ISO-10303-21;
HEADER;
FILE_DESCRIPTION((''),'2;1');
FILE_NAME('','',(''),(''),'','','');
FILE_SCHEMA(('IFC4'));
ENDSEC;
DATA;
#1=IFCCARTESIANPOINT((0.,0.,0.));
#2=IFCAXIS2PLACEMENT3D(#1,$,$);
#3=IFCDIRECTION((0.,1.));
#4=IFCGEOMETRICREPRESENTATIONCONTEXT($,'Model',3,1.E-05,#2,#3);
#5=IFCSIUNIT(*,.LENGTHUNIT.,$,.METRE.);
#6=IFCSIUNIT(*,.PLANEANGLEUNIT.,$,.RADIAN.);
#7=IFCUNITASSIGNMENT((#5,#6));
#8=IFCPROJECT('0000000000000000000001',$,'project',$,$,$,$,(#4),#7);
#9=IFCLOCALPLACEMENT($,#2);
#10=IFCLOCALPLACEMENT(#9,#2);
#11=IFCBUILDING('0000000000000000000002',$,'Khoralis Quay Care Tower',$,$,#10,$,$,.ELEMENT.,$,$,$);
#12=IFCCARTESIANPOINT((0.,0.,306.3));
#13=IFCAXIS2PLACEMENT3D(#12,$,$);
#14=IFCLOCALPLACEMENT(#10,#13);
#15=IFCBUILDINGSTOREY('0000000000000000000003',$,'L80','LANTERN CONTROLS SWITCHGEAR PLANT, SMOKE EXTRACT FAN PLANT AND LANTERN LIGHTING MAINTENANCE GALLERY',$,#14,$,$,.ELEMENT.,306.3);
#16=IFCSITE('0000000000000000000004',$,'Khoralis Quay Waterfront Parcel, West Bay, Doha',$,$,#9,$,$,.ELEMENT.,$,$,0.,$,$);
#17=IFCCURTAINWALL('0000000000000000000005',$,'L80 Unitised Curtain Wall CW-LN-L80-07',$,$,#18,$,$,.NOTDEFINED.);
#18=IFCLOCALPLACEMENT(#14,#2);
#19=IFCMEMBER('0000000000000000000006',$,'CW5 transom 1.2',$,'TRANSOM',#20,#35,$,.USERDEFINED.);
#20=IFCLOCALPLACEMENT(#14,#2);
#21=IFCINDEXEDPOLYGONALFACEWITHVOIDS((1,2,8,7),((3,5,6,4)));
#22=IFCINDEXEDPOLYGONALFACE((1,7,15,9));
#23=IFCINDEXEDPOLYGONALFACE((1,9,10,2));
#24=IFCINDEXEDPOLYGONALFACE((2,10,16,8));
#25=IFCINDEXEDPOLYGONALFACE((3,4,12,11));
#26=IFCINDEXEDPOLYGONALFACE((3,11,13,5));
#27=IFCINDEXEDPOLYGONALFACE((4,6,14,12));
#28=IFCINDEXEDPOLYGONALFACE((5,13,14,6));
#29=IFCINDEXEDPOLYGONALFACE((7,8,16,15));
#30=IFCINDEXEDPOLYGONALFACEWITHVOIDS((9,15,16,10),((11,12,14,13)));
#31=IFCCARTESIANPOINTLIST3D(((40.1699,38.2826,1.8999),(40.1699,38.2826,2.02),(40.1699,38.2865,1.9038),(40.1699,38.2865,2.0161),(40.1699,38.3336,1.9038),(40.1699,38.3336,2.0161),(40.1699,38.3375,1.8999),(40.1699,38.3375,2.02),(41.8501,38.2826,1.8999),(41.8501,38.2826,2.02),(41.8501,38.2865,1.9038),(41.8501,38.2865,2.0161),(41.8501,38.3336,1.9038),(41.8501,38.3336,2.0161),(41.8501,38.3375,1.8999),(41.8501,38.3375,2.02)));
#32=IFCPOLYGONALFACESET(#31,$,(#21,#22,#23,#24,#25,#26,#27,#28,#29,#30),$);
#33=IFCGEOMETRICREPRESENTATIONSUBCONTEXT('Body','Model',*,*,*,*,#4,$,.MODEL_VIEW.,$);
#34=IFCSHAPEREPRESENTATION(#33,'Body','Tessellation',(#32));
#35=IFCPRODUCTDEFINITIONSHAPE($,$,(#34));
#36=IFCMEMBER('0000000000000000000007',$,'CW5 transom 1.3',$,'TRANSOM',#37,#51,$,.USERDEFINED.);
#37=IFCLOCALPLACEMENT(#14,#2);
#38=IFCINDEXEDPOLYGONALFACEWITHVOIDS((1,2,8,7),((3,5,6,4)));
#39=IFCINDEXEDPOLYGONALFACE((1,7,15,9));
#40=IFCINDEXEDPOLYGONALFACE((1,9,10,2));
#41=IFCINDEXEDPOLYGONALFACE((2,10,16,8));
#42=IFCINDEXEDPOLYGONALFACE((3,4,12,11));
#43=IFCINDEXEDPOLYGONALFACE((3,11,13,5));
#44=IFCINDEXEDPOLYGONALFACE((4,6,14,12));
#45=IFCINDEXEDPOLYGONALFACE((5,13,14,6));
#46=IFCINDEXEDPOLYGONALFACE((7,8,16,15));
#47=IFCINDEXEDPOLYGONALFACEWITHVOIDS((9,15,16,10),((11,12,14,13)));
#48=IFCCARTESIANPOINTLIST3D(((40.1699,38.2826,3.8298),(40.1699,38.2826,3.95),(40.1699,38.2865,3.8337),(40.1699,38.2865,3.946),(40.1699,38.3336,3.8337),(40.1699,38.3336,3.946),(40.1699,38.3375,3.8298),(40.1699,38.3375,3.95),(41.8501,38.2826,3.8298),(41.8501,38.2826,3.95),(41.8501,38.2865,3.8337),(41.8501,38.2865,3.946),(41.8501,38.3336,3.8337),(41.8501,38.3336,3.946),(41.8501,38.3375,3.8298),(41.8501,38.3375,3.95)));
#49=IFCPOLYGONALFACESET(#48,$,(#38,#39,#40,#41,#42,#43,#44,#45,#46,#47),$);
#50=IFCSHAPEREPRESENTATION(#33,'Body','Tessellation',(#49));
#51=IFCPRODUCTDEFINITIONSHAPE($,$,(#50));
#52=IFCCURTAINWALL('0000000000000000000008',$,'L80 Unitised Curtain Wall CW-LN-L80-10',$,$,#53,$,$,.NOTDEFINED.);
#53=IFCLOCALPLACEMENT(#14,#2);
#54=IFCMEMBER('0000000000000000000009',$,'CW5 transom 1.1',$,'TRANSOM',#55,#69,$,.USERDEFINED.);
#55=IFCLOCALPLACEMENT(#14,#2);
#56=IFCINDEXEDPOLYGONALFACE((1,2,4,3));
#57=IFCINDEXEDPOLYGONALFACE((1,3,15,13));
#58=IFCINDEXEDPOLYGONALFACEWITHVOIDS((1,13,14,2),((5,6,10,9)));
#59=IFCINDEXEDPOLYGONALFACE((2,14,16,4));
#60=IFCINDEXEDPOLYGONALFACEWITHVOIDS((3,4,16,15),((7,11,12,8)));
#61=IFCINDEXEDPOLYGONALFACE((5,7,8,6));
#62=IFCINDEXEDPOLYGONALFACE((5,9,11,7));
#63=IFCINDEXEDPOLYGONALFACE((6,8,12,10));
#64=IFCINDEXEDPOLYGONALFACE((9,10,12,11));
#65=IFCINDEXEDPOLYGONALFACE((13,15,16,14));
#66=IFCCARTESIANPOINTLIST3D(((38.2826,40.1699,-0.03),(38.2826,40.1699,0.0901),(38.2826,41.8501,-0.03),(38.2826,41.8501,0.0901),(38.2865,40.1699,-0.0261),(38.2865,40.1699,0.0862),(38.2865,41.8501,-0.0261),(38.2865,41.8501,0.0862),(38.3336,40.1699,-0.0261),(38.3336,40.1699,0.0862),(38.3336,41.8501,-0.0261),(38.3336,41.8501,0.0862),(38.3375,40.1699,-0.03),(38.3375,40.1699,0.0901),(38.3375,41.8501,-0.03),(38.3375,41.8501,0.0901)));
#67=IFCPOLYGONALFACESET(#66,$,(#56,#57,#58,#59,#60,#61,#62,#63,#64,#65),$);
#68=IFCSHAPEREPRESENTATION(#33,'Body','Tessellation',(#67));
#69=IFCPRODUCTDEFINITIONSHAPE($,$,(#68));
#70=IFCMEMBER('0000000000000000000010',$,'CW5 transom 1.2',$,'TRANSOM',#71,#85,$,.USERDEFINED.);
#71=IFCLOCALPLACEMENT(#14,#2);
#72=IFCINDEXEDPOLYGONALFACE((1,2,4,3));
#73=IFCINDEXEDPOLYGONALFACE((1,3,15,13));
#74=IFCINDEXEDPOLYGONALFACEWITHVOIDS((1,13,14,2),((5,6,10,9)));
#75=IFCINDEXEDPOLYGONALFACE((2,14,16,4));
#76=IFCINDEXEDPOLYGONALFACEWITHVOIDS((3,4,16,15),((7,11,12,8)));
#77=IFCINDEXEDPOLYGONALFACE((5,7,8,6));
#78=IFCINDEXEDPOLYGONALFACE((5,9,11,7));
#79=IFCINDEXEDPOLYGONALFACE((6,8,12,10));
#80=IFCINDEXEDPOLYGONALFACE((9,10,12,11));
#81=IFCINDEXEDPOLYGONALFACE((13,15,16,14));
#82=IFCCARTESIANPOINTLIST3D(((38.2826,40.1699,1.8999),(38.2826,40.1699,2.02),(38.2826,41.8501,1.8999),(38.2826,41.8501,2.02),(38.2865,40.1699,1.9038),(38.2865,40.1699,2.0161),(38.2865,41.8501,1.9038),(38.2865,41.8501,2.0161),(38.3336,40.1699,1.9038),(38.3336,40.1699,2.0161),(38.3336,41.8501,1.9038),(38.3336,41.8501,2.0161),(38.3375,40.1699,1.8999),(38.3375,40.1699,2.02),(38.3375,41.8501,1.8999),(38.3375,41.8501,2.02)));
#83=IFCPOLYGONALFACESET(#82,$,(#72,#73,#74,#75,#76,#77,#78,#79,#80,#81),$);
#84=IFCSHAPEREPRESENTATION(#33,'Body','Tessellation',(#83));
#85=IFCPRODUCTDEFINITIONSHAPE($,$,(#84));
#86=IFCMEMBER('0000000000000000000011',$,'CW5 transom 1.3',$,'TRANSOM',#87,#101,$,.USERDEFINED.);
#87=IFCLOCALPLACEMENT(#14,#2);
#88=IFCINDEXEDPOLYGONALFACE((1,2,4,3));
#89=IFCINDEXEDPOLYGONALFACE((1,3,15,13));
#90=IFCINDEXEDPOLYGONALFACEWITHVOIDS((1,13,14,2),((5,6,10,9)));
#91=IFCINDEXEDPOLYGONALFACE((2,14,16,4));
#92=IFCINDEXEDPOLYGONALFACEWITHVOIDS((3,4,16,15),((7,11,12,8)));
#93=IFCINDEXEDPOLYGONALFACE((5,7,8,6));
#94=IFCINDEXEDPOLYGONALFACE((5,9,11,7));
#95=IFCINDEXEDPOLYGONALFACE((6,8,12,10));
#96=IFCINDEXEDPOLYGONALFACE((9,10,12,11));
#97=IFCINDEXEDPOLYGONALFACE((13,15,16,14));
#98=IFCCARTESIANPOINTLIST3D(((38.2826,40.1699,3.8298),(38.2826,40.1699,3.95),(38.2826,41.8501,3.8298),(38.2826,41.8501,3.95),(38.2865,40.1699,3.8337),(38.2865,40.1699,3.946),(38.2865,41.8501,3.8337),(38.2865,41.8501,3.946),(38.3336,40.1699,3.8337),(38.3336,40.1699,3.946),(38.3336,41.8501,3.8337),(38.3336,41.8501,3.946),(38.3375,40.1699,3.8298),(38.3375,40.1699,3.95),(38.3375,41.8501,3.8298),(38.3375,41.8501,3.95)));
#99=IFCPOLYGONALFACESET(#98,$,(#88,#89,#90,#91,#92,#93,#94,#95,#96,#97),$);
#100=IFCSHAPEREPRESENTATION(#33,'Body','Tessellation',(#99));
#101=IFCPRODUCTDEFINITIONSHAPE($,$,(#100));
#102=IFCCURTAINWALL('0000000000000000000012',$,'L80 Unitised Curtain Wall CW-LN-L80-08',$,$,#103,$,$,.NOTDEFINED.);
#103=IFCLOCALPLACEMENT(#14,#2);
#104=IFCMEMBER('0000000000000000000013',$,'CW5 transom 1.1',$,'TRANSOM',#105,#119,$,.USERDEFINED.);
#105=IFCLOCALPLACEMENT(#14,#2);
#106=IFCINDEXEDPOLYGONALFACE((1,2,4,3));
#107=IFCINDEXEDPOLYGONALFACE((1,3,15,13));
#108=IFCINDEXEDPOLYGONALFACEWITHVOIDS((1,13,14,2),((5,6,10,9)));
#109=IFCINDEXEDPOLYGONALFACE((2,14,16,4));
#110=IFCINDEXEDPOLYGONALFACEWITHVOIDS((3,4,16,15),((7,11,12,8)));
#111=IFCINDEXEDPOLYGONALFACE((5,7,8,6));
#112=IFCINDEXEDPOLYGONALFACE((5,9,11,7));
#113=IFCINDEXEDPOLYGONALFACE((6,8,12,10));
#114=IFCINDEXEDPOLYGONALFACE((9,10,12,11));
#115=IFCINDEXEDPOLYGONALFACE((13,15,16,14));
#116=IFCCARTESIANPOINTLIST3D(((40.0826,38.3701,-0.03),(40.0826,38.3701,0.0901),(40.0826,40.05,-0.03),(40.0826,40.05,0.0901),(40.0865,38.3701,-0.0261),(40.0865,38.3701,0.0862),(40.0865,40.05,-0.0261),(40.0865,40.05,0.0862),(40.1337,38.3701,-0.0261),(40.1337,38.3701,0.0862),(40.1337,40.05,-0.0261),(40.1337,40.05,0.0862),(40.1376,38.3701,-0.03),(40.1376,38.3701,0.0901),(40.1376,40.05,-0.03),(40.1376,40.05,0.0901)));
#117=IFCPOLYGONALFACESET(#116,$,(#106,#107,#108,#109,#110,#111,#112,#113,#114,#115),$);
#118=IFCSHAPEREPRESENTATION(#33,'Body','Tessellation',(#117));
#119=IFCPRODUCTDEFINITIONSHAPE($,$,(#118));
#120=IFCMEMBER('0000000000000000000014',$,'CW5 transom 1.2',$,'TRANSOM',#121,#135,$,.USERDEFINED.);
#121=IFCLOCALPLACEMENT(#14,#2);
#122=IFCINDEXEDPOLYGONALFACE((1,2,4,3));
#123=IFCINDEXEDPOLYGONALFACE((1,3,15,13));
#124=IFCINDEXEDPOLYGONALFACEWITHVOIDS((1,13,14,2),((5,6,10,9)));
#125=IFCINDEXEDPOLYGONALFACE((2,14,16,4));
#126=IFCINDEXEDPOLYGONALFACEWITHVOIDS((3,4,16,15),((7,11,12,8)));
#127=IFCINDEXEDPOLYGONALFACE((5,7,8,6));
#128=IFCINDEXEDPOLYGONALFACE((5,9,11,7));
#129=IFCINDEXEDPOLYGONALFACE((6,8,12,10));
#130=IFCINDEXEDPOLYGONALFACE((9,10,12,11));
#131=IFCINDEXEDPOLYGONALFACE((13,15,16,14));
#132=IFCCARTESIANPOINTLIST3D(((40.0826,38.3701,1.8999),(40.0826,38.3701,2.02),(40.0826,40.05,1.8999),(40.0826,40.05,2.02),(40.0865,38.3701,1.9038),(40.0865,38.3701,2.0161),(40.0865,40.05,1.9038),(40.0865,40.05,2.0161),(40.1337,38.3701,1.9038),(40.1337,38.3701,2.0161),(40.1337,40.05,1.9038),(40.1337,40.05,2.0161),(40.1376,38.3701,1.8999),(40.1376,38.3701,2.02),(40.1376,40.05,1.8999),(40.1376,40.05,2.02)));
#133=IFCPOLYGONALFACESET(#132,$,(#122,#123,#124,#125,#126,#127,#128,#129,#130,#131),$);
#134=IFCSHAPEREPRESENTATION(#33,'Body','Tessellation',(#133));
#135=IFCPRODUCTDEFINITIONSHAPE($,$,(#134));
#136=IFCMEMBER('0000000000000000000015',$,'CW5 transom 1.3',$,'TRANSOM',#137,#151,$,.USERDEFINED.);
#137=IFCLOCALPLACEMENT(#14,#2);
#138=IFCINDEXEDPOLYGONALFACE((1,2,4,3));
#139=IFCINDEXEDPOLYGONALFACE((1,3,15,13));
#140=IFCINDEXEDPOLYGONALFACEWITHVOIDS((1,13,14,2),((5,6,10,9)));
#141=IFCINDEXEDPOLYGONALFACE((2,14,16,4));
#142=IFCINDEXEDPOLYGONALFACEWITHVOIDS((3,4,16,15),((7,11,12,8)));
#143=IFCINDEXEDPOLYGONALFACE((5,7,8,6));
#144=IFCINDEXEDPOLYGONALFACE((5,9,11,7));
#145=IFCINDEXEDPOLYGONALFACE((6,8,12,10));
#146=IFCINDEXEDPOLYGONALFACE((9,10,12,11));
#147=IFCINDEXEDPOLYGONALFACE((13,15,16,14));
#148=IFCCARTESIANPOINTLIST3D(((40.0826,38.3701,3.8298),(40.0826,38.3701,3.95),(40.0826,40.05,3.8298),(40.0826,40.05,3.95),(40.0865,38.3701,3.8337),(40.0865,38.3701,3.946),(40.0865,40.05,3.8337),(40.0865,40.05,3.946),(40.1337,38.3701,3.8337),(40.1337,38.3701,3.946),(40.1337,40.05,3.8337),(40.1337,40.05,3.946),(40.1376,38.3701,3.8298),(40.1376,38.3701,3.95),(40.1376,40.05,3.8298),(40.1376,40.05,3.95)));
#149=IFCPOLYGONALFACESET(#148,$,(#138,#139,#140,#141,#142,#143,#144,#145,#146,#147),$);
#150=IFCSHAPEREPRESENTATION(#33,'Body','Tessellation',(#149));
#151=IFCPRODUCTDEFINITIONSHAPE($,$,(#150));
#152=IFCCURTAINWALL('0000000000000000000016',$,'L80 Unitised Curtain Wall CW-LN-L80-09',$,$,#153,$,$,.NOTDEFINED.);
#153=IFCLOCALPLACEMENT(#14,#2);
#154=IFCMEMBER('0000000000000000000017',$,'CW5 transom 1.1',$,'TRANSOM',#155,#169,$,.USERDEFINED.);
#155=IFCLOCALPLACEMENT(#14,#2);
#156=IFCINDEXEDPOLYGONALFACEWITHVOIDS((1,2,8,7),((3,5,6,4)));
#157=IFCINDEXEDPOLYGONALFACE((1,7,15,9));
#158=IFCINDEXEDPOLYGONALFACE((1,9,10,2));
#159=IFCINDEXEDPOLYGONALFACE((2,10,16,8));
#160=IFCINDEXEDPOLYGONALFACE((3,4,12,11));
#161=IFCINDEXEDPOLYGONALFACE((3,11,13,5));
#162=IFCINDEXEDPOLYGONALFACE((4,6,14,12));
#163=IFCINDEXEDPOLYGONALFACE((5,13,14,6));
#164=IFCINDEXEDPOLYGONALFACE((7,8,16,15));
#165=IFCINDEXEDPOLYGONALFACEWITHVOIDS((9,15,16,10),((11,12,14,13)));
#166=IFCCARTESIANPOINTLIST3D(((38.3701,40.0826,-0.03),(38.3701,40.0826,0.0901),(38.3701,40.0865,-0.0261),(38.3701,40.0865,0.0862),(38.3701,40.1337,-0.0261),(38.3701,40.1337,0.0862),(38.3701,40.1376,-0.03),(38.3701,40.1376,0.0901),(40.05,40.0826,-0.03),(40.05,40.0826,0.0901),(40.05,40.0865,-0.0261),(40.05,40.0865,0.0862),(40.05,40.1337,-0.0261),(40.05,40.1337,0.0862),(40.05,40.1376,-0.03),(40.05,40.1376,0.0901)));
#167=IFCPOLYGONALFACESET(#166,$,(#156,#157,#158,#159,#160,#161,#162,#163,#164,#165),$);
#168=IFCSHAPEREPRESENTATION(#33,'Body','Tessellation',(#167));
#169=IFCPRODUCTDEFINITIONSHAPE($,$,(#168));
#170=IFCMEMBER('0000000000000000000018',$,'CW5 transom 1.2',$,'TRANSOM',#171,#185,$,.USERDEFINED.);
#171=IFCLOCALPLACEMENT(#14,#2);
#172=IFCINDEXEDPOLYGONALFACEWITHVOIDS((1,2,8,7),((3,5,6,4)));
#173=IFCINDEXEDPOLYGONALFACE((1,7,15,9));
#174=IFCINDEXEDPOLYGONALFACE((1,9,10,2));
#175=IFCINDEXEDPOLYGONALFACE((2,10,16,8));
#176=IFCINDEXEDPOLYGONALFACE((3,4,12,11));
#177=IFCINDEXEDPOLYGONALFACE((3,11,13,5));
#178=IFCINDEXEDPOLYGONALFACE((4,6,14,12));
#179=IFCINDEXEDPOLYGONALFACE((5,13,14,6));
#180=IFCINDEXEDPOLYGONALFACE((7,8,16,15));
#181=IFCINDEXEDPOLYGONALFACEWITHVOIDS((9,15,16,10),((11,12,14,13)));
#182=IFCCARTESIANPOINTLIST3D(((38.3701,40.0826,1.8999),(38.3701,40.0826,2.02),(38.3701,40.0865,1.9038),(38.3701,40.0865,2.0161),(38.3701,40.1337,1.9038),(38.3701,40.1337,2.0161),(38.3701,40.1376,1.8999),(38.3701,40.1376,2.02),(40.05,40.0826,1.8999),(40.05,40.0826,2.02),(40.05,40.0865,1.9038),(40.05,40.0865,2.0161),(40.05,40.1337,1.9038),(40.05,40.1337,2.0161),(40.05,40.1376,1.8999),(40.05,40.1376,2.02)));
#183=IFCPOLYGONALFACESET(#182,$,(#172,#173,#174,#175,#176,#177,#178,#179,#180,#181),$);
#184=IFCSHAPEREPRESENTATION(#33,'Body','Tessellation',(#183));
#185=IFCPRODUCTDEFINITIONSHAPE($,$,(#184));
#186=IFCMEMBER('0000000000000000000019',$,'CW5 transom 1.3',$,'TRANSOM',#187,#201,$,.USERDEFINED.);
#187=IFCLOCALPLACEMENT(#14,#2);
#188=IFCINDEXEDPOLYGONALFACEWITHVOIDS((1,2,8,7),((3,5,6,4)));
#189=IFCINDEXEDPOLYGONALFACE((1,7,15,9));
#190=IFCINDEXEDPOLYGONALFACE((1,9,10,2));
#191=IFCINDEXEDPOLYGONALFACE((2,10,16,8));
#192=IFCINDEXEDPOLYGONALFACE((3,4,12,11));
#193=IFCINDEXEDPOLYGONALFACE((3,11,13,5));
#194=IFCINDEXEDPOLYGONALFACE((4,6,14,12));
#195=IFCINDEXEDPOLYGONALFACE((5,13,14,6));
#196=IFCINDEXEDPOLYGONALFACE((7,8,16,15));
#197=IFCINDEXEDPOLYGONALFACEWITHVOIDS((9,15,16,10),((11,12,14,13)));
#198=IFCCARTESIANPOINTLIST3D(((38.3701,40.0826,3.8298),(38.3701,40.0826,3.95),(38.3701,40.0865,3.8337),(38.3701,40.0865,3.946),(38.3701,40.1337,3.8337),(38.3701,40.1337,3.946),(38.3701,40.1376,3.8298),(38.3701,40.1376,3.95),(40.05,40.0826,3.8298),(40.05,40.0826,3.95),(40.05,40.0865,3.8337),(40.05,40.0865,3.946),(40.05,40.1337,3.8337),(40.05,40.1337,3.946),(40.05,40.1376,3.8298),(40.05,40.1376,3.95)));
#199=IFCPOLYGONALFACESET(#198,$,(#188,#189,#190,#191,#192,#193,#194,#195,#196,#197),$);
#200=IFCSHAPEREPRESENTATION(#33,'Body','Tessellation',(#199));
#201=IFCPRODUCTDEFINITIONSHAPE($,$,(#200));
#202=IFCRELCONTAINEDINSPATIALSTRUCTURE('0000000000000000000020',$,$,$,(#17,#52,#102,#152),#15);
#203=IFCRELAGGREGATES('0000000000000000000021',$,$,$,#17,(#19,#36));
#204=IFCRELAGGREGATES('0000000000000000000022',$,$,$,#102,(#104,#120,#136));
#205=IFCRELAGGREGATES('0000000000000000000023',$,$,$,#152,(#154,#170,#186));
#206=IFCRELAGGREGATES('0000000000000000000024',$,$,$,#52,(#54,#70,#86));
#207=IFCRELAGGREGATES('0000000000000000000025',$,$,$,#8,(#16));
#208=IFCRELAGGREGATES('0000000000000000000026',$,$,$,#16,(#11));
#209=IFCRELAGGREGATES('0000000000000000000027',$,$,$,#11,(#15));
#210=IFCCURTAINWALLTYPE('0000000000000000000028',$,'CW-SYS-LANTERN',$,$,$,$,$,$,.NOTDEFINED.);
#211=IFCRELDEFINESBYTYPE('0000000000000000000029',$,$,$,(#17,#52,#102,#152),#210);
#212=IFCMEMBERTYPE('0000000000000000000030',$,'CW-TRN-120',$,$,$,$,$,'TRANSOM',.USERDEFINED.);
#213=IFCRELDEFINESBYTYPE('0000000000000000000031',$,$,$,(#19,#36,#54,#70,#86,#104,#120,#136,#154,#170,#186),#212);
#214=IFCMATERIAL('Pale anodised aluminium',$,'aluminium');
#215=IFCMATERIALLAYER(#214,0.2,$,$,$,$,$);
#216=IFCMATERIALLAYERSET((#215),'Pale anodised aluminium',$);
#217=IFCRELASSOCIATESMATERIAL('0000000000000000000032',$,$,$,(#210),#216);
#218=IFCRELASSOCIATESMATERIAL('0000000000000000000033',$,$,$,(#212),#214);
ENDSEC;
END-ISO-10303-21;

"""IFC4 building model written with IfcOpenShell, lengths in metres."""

from ifc_helpers import new_model, si_unit, direction, frame, origin, origin_2d, place, context, subcontext, project, spatial, hollow_rectangle, extrude, source, transform, mapped, material, layer, layer_set, material_profile, profile_set, type_object, element, aggregate, save


model = new_model("IFC4")

# Units and contexts
model_context = context("Model", 3, precision=1e-05, world=origin(), true_north=direction((0.0, 1.0)))
body_context = subcontext(model_context, "Body", "Model", "MODEL_VIEW")
ifc_project = project(units=[si_unit("LENGTHUNIT", "METRE"), si_unit("PLANEANGLEUNIT", "RADIAN")], contexts=[model_context])

# Site, building, storey
site_placement = place(None, origin())
site = spatial("IfcSite", under=ifc_project, at=site_placement, Name="Khoralis Quay Waterfront Parcel, West Bay, Doha", CompositionType="ELEMENT", RefElevation=0.0)
building_placement = place(site_placement, origin())
building = spatial("IfcBuilding", under=site, at=building_placement, Name="Khoralis Quay Care Tower", CompositionType="ELEMENT")
storey_placement = place(building_placement, frame((0.0, 0.0, 306.3)))
storey = spatial("IfcBuildingStorey", under=building, at=storey_placement, Name="L80", Description="LANTERN CONTROLS SWITCHGEAR PLANT, SMOKE EXTRACT FAN PLANT AND LANTERN LIGHTING MAINTENANCE GALLERY", CompositionType="ELEMENT", Elevation=306.3)

# Curtain walls, members
ifc_material_1 = material(Name="Pale anodised aluminium", Category="aluminium")
ifc_layer_1 = layer(ifc_material_1, 0.2)
ifc_layer_set_1 = layer_set([ifc_layer_1], Name="Pale anodised aluminium")
curtain_wall_type = type_object("IfcCurtainWallType", Name="CW-SYS-LANTERN", PredefinedType="NOTDEFINED", material=ifc_layer_set_1)
curtain_wall_1_placement = place(storey_placement, origin())
curtain_wall_1 = element("IfcCurtainWall", 1, at=curtain_wall_1_placement, inside=storey, type_object=curtain_wall_type, Name="L80 Unitised Curtain Wall CW-LN-L80-07", PredefinedType="NOTDEFINED")
ifc_material_profile_1 = material_profile(ifc_material_1, hollow_rectangle(XDim=0.0549, YDim=0.1201, WallThickness=0.0039, at=origin_2d()), Name="Pale anodised aluminium")
ifc_profile_set_1 = profile_set([ifc_material_profile_1], Name="Pale anodised aluminium")
member_type_1 = type_object("IfcMemberType", Name="CW-TRN-120", ElementType="TRANSOM", PredefinedType="USERDEFINED", material=ifc_profile_set_1)
shared_shape_1 = source(origin(), body_context, "Body", "SweptSolid", [
    extrude(hollow_rectangle(XDim=0.0549, YDim=0.1201, WallThickness=0.0039, at=origin_2d()), origin(), (0.0, 0.0, 1.0), 1.6802),
])
member_1_placement = place(storey_placement, frame((41.8501, 38.3101, 1.96), z_axis=(-1.0, 0.0, 0.0), x_axis=(0.0, -1.0, 0.0)))
member_1 = element("IfcMember", 2, at=member_1_placement, type_object=member_type_1, Name="CW5 transom 1.2", ObjectType="TRANSOM", PredefinedType="USERDEFINED", context=body_context, shape_type="MappedRepresentation", body=[
    mapped(shared_shape_1, transform((0.0, 0.0, 0.0), scale=1.0)),
])
member_2_placement = place(storey_placement, frame((41.8501, 38.3101, 3.8899), z_axis=(-1.0, 0.0, 0.0), x_axis=(0.0, -1.0, 0.0)))
member_2 = element("IfcMember", 3, at=member_2_placement, type_object=member_type_1, Name="CW5 transom 1.3", ObjectType="TRANSOM", PredefinedType="USERDEFINED", context=body_context, shape_type="MappedRepresentation", body=[
    mapped(shared_shape_1, transform((0.0, 0.0, 0.0), scale=1.0)),
])
curtain_wall_2_placement = place(storey_placement, origin())
curtain_wall_2 = element("IfcCurtainWall", 4, at=curtain_wall_2_placement, inside=storey, type_object=curtain_wall_type, Name="L80 Unitised Curtain Wall CW-LN-L80-10", PredefinedType="NOTDEFINED")
member_3_placement = place(storey_placement, frame((38.3101, 40.1699, 0.03), z_axis=(0.0, 1.0, 0.0), x_axis=(-1.0, 0.0, 0.0)))
member_3 = element("IfcMember", 5, at=member_3_placement, type_object=member_type_1, Name="CW5 transom 1.1", ObjectType="TRANSOM", PredefinedType="USERDEFINED", context=body_context, shape_type="MappedRepresentation", body=[
    mapped(shared_shape_1, transform((0.0, 0.0, 0.0), scale=1.0)),
])
member_4_placement = place(storey_placement, frame((38.3101, 40.1699, 1.96), z_axis=(0.0, 1.0, 0.0), x_axis=(-1.0, 0.0, 0.0)))
member_4 = element("IfcMember", 6, at=member_4_placement, type_object=member_type_1, Name="CW5 transom 1.2", ObjectType="TRANSOM", PredefinedType="USERDEFINED", context=body_context, shape_type="MappedRepresentation", body=[
    mapped(shared_shape_1, transform((0.0, 0.0, 0.0), scale=1.0)),
])
member_5_placement = place(storey_placement, frame((38.3101, 40.1699, 3.8899), z_axis=(0.0, 1.0, 0.0), x_axis=(-1.0, 0.0, 0.0)))
member_5 = element("IfcMember", 7, at=member_5_placement, type_object=member_type_1, Name="CW5 transom 1.3", ObjectType="TRANSOM", PredefinedType="USERDEFINED", context=body_context, shape_type="MappedRepresentation", body=[
    mapped(shared_shape_1, transform((0.0, 0.0, 0.0), scale=1.0)),
])
curtain_wall_3_placement = place(storey_placement, origin())
curtain_wall_3 = element("IfcCurtainWall", 8, at=curtain_wall_3_placement, inside=storey, type_object=curtain_wall_type, Name="L80 Unitised Curtain Wall CW-LN-L80-08", PredefinedType="NOTDEFINED")
shared_shape_2 = source(origin(), body_context, "Body", "SweptSolid", [
    extrude(hollow_rectangle(XDim=0.0549, YDim=0.1201, WallThickness=0.0039, at=origin_2d()), origin(), (0.0, 0.0, 1.0), 1.6799),
])
member_6_placement = place(storey_placement, frame((40.1101, 38.3701, 0.03), z_axis=(0.0, 1.0, 0.0), x_axis=(-1.0, 0.0, 0.0)))
member_6 = element("IfcMember", 9, at=member_6_placement, type_object=member_type_1, Name="CW5 transom 1.1", ObjectType="TRANSOM", PredefinedType="USERDEFINED", context=body_context, shape_type="MappedRepresentation", body=[
    mapped(shared_shape_2, transform((0.0, 0.0, 0.0), scale=1.0)),
])
member_7_placement = place(storey_placement, frame((40.1101, 38.3701, 1.96), z_axis=(0.0, 1.0, 0.0), x_axis=(-1.0, 0.0, 0.0)))
member_7 = element("IfcMember", 10, at=member_7_placement, type_object=member_type_1, Name="CW5 transom 1.2", ObjectType="TRANSOM", PredefinedType="USERDEFINED", context=body_context, shape_type="MappedRepresentation", body=[
    mapped(shared_shape_2, transform((0.0, 0.0, 0.0), scale=1.0)),
])
member_8_placement = place(storey_placement, frame((40.1101, 38.3701, 3.8899), z_axis=(0.0, 1.0, 0.0), x_axis=(-1.0, 0.0, 0.0)))
member_8 = element("IfcMember", 11, at=member_8_placement, type_object=member_type_1, Name="CW5 transom 1.3", ObjectType="TRANSOM", PredefinedType="USERDEFINED", context=body_context, shape_type="MappedRepresentation", body=[
    mapped(shared_shape_2, transform((0.0, 0.0, 0.0), scale=1.0)),
])
curtain_wall_4_placement = place(storey_placement, origin())
curtain_wall_4 = element("IfcCurtainWall", 12, at=curtain_wall_4_placement, inside=storey, type_object=curtain_wall_type, Name="L80 Unitised Curtain Wall CW-LN-L80-09", PredefinedType="NOTDEFINED")
member_9_placement = place(storey_placement, frame((40.05, 40.1101, 0.03), z_axis=(-1.0, 0.0, 0.0), x_axis=(0.0, -1.0, 0.0)))
member_9 = element("IfcMember", 13, at=member_9_placement, type_object=member_type_1, Name="CW5 transom 1.1", ObjectType="TRANSOM", PredefinedType="USERDEFINED", context=body_context, shape_type="MappedRepresentation", body=[
    mapped(shared_shape_2, transform((0.0, 0.0, 0.0), scale=1.0)),
])
member_10_placement = place(storey_placement, frame((40.05, 40.1101, 1.96), z_axis=(-1.0, 0.0, 0.0), x_axis=(0.0, -1.0, 0.0)))
member_10 = element("IfcMember", 14, at=member_10_placement, type_object=member_type_1, Name="CW5 transom 1.2", ObjectType="TRANSOM", PredefinedType="USERDEFINED", context=body_context, shape_type="MappedRepresentation", body=[
    mapped(shared_shape_2, transform((0.0, 0.0, 0.0), scale=1.0)),
])
member_11_placement = place(storey_placement, frame((40.05, 40.1101, 3.8899), z_axis=(-1.0, 0.0, 0.0), x_axis=(0.0, -1.0, 0.0)))
member_11 = element("IfcMember", 15, at=member_11_placement, type_object=member_type_1, Name="CW5 transom 1.3", ObjectType="TRANSOM", PredefinedType="USERDEFINED", context=body_context, shape_type="MappedRepresentation", body=[
    mapped(shared_shape_2, transform((0.0, 0.0, 0.0), scale=1.0)),
])

aggregate(curtain_wall_1, [member_1, member_2])

aggregate(curtain_wall_3, [member_6, member_7, member_8])
aggregate(curtain_wall_4, [member_9, member_10, member_11])
aggregate(curtain_wall_2, [member_3, member_4, member_5])

save(model, "model.ifc")
